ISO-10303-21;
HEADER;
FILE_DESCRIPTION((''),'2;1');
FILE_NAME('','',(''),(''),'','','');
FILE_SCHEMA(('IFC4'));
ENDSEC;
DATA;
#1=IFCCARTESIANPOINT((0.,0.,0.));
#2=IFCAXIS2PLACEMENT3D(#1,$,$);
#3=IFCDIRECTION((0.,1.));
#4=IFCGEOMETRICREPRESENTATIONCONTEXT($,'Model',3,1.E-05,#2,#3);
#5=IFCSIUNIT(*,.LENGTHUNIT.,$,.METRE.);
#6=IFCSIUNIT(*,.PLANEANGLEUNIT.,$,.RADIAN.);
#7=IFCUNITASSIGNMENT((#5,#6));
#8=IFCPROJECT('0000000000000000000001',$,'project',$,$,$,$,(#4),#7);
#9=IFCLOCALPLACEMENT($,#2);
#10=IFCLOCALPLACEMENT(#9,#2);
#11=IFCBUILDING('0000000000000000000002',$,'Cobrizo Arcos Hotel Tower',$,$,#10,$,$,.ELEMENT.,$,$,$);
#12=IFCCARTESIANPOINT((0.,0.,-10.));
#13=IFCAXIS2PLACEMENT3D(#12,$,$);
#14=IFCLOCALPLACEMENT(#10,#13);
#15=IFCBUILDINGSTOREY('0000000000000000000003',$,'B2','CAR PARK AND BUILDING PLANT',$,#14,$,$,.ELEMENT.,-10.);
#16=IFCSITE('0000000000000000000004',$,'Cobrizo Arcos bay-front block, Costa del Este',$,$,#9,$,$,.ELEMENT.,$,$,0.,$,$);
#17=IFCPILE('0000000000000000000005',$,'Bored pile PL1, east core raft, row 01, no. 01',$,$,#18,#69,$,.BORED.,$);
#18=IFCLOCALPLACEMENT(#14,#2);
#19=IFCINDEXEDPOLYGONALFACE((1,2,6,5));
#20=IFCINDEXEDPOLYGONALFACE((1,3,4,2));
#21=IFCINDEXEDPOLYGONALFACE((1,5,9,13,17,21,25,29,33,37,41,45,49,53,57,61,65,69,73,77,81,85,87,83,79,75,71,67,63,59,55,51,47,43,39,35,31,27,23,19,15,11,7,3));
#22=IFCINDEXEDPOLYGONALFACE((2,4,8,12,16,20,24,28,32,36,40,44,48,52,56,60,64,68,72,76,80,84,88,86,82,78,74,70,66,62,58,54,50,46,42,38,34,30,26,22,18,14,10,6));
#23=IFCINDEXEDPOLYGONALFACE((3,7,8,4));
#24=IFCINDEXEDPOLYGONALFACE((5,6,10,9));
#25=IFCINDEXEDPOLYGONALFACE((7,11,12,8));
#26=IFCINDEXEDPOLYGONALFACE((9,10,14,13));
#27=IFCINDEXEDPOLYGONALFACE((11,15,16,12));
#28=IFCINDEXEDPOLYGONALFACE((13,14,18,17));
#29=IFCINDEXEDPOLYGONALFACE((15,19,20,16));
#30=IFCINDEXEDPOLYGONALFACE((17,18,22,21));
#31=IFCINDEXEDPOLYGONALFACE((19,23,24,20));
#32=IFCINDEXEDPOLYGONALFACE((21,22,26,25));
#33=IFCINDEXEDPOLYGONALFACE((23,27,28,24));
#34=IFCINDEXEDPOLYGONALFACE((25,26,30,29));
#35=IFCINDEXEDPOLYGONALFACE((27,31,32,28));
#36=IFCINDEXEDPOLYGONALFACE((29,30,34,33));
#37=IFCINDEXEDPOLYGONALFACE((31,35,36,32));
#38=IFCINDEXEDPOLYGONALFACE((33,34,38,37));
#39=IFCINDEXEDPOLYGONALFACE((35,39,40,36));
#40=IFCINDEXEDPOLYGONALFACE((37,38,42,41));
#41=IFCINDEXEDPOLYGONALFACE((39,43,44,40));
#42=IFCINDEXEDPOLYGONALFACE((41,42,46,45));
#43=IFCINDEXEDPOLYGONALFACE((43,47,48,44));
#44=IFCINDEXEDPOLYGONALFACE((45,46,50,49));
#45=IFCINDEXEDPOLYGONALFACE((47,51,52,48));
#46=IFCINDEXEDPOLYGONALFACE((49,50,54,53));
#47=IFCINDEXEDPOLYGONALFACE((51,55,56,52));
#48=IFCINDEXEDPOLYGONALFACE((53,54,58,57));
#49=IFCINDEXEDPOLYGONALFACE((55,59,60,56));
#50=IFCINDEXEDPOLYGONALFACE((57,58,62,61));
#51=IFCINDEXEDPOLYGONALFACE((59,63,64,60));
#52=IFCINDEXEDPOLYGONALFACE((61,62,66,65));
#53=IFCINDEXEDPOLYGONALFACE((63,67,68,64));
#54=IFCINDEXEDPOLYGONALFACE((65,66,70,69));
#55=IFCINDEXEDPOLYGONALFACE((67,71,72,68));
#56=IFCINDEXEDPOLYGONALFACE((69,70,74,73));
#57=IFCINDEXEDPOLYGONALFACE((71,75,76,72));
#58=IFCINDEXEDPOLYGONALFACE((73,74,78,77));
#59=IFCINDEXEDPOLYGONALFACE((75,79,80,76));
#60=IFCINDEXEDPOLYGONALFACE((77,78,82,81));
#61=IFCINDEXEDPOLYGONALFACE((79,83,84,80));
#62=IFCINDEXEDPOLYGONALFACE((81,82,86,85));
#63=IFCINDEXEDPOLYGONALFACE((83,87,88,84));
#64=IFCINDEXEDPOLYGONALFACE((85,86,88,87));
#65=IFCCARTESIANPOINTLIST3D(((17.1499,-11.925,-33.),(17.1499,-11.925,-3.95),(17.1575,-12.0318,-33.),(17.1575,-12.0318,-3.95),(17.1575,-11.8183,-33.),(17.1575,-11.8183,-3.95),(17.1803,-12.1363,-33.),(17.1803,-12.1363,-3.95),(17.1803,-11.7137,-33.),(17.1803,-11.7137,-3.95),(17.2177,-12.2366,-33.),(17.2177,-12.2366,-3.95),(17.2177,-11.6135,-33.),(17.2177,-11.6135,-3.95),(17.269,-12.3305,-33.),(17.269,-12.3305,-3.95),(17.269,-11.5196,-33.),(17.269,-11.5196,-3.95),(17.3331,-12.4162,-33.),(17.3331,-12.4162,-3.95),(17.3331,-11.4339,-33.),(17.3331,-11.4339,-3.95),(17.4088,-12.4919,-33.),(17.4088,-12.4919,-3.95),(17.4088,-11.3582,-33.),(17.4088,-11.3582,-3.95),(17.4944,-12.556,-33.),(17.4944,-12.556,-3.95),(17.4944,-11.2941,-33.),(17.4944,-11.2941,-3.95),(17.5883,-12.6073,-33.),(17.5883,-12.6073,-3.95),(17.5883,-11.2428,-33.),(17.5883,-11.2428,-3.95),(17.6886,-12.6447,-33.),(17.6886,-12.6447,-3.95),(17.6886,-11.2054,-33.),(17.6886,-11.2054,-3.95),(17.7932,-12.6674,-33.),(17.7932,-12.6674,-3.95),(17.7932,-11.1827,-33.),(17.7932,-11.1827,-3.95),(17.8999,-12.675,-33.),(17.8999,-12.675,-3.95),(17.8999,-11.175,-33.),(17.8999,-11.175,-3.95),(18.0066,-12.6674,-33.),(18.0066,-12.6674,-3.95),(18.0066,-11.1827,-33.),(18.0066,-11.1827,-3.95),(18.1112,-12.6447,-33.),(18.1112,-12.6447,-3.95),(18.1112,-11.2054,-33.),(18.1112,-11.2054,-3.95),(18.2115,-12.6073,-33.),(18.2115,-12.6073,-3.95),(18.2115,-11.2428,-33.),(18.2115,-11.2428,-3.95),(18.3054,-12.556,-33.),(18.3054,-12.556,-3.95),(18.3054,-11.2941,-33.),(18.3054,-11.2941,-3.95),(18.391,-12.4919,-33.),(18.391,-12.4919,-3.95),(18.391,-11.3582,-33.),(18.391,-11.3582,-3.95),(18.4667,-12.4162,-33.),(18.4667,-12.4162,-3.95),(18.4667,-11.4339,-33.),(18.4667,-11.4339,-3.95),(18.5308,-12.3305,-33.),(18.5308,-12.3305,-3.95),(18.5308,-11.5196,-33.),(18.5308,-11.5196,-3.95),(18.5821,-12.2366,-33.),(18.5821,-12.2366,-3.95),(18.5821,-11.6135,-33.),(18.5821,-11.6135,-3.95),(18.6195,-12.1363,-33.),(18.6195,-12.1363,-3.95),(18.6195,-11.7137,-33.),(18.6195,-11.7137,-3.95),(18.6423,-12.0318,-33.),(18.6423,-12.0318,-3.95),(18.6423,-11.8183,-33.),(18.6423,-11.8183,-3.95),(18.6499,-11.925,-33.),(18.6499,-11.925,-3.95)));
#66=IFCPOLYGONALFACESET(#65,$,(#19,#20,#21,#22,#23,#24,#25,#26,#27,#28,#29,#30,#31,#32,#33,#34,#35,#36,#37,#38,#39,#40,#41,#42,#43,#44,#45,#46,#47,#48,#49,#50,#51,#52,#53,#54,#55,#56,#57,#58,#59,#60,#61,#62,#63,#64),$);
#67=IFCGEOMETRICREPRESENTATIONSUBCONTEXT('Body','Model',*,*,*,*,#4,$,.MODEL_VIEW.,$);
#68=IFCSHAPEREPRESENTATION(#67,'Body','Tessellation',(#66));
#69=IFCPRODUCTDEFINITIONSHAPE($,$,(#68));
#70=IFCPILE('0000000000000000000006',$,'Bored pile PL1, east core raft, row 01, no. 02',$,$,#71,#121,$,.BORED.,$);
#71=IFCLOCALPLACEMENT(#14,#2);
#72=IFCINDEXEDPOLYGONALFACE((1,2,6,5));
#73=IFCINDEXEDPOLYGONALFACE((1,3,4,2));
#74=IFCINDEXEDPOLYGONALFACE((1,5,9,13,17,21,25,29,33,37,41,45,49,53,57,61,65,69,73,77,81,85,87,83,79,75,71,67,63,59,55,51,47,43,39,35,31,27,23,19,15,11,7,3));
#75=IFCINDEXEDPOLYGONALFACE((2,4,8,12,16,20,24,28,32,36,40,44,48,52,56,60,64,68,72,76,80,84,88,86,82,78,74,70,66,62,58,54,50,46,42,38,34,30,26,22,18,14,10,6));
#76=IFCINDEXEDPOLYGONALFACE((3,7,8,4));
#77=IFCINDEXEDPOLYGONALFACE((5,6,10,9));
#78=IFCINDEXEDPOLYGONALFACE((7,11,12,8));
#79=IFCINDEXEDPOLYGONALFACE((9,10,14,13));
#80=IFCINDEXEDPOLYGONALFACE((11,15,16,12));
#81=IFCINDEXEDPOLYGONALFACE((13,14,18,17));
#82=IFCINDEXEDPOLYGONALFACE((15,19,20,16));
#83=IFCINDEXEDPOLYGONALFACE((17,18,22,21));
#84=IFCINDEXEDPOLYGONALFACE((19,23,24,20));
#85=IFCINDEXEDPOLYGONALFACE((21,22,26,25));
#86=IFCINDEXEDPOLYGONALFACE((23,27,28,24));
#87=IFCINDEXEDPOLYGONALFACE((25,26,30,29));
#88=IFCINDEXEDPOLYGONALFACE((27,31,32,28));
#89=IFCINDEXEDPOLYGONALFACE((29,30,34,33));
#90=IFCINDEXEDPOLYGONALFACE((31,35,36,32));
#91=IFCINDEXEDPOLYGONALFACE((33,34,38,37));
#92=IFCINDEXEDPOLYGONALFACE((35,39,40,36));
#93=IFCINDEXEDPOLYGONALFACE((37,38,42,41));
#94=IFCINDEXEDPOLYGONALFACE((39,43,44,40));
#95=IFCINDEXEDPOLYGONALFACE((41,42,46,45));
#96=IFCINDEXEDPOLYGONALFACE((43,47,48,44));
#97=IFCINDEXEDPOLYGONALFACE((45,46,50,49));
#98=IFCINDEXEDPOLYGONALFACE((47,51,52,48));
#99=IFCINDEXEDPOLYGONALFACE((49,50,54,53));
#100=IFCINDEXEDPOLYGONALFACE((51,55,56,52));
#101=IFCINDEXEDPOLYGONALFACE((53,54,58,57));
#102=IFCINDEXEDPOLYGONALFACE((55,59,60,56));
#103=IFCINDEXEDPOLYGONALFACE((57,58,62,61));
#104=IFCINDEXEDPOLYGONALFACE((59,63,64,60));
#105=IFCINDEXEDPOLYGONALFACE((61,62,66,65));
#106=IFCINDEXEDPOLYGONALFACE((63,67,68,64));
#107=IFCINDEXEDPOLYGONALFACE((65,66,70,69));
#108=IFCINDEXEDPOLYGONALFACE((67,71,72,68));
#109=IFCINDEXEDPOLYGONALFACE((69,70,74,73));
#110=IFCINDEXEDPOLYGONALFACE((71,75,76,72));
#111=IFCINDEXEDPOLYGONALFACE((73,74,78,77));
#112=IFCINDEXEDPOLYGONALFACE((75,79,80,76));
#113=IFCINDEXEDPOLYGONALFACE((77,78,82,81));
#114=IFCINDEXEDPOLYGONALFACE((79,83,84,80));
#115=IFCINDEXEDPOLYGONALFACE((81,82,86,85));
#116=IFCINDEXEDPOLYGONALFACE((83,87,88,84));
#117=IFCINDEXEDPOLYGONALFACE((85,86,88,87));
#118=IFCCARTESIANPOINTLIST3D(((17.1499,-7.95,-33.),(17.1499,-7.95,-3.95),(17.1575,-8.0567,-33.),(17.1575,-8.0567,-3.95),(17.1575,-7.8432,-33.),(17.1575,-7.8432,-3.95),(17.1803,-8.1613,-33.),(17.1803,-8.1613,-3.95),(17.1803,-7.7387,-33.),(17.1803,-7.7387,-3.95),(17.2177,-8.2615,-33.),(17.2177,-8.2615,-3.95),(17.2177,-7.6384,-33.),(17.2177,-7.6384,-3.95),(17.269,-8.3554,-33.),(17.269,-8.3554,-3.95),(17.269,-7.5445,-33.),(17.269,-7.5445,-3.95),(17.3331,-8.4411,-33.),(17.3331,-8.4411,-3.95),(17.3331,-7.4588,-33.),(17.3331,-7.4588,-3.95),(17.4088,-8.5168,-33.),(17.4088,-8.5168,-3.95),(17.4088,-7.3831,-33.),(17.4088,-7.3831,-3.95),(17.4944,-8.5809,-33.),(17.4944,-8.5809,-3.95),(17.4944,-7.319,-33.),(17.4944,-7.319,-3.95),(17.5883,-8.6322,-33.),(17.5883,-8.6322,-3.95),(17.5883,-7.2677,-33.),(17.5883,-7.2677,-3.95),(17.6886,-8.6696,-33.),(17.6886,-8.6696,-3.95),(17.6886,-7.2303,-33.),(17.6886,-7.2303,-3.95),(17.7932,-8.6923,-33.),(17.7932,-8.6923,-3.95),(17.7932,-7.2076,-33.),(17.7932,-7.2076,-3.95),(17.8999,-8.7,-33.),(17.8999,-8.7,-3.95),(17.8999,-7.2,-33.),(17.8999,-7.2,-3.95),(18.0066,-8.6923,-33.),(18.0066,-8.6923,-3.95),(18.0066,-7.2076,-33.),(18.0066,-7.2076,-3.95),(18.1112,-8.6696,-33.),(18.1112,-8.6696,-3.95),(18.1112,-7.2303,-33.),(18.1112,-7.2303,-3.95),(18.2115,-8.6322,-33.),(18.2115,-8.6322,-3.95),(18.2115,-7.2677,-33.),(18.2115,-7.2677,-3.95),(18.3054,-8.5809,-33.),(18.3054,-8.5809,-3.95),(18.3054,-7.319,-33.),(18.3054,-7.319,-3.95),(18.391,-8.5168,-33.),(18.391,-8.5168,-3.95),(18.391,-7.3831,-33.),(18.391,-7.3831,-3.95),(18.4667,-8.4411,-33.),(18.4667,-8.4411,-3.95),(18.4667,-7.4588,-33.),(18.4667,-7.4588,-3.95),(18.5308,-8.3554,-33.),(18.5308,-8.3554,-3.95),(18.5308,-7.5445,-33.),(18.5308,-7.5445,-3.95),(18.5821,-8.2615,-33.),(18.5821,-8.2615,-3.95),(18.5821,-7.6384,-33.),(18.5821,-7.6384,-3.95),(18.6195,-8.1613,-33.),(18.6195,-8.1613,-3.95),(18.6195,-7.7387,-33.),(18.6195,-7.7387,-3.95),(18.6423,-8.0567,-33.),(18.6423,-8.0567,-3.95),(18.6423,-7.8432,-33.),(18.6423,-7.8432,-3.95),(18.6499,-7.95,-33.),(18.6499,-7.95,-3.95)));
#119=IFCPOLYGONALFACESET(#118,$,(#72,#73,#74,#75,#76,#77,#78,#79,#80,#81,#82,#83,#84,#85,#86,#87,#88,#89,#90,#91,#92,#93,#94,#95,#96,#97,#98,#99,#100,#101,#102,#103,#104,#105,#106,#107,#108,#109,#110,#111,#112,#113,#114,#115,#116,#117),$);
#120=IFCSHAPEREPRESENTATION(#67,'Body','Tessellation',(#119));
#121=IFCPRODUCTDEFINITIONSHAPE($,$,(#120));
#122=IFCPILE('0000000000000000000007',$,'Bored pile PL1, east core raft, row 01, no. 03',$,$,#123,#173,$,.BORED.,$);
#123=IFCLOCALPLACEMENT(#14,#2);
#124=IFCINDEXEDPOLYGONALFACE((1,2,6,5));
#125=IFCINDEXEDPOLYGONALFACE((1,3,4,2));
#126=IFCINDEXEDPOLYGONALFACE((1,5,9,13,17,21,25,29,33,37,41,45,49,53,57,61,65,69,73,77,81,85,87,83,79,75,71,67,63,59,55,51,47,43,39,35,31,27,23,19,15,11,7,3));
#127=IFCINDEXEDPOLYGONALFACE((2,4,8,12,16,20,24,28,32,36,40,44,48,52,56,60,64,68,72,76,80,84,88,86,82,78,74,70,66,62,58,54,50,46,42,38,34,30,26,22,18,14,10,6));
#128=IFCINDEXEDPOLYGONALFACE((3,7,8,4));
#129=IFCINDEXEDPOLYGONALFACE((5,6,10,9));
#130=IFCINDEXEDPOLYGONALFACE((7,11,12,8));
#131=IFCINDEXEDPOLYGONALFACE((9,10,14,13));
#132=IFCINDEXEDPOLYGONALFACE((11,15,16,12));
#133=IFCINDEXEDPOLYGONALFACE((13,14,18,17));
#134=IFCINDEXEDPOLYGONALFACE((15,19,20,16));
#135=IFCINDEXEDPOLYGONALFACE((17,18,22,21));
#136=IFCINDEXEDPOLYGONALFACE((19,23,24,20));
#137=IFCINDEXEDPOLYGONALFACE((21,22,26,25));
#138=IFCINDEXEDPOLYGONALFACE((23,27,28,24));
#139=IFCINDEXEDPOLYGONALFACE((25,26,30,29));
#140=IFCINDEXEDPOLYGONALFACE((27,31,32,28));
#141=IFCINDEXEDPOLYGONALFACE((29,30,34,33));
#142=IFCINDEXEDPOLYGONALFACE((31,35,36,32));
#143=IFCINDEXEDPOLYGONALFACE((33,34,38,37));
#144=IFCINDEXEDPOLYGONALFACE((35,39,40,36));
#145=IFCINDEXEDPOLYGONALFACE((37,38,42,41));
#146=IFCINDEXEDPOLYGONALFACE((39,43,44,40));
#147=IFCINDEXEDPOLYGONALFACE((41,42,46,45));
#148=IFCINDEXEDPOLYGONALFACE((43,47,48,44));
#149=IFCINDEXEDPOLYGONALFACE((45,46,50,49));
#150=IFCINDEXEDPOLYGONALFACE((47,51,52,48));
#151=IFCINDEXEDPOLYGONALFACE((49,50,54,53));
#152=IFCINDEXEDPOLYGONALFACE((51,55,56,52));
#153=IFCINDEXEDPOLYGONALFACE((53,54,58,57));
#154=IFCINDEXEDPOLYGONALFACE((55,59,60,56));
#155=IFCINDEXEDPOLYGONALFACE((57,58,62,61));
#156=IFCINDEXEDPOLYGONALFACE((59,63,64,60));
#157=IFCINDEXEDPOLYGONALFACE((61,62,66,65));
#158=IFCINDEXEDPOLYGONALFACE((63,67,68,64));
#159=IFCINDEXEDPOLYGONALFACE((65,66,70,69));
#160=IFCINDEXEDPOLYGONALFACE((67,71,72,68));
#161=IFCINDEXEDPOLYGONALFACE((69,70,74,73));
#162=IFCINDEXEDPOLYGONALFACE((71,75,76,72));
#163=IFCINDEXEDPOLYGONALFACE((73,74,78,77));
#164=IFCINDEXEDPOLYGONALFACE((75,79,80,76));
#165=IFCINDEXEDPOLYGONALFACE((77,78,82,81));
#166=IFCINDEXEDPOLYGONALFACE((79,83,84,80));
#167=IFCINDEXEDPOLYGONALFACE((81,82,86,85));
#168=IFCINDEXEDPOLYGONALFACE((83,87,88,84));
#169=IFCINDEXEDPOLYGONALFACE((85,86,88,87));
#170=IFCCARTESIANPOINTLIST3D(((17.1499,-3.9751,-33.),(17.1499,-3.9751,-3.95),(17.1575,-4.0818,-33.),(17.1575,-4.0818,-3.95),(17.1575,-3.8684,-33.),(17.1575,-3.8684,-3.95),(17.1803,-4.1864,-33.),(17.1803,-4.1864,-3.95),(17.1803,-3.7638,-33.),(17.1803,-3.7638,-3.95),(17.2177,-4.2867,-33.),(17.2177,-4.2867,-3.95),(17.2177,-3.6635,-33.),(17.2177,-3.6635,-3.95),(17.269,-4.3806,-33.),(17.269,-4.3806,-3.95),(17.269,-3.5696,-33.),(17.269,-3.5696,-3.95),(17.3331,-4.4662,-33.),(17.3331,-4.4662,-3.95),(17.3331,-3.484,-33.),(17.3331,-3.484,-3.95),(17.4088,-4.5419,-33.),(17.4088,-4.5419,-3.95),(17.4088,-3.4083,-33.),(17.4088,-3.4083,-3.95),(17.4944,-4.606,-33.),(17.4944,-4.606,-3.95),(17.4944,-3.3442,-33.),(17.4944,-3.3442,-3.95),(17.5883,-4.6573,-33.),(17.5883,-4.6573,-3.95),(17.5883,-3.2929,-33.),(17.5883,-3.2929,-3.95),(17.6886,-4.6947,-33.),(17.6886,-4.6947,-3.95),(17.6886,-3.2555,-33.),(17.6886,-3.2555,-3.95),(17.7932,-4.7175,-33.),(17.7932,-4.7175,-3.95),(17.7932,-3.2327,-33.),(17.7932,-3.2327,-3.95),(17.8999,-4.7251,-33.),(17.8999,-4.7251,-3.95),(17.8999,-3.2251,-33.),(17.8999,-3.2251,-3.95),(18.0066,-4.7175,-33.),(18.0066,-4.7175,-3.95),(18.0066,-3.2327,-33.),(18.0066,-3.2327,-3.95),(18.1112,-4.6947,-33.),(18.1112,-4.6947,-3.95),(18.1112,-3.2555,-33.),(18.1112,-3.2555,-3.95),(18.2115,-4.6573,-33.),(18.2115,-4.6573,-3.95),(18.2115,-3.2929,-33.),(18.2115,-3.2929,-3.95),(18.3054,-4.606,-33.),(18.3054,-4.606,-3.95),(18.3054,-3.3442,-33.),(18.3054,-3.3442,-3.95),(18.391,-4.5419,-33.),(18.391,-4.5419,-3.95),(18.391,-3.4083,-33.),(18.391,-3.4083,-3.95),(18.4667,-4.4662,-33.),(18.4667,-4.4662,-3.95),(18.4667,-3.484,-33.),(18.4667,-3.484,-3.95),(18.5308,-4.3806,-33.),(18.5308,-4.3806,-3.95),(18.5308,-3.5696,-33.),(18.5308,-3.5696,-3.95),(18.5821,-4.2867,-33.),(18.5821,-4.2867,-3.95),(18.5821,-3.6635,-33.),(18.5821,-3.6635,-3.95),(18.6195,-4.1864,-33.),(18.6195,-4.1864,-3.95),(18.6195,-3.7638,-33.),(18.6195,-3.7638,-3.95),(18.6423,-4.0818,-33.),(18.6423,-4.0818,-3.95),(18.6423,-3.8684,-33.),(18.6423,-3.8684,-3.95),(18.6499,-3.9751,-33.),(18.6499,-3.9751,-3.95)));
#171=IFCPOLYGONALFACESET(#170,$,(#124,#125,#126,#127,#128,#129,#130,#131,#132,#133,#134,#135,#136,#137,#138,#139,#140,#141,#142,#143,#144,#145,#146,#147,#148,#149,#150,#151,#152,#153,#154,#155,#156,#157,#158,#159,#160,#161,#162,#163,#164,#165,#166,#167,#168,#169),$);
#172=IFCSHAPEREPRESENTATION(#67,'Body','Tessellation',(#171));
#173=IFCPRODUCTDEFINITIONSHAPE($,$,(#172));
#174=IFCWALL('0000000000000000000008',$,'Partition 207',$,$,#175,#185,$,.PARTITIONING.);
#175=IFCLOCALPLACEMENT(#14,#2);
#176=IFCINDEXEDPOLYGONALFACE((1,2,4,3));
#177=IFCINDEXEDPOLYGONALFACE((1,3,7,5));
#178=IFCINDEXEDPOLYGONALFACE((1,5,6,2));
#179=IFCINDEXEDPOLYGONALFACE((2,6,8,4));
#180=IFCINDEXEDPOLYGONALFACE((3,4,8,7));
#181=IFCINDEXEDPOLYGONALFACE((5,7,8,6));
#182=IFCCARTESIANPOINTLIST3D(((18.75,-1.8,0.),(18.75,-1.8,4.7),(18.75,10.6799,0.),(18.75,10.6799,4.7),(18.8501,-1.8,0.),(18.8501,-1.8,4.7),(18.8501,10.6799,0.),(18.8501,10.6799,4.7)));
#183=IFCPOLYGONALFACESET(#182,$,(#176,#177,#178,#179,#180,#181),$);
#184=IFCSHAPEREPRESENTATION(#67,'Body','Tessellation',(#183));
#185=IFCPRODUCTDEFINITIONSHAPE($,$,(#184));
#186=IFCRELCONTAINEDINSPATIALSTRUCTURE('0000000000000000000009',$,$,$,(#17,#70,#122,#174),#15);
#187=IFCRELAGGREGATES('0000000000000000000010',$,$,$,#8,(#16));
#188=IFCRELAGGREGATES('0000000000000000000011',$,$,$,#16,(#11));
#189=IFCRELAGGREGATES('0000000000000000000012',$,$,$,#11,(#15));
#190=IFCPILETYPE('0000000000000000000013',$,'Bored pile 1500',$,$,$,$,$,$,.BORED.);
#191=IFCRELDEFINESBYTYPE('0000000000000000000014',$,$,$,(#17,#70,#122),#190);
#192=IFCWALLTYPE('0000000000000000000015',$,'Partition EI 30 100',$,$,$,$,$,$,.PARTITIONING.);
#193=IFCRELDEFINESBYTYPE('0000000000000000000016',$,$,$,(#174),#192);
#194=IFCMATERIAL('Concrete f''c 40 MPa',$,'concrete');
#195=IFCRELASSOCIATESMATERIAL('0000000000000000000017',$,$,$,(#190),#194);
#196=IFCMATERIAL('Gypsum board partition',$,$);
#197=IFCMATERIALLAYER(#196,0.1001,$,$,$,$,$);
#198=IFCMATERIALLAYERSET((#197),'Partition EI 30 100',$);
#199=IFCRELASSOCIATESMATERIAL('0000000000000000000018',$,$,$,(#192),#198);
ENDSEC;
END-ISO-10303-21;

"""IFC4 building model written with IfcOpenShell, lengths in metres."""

from ifc_helpers import new_model, si_unit, direction, frame, frame_2d, origin, origin_2d, place, context, subcontext, project, spatial, rectangle, circle, extrude, material, layer, layer_set, material_profile, profile_set, type_object, element, save


model = new_model("IFC4")

# Units and contexts
model_context = context("Model", 3, precision=1e-05, world=origin(), true_north=direction((0.0, 1.0)))
body_context = subcontext(model_context, "Body", "Model", "MODEL_VIEW")
ifc_project = project(units=[si_unit("LENGTHUNIT", "METRE"), si_unit("PLANEANGLEUNIT", "RADIAN")], contexts=[model_context])

# Site, building, storey
site_placement = place(None, origin())
site = spatial("IfcSite", under=ifc_project, at=site_placement, Name="Cobrizo Arcos bay-front block, Costa del Este", CompositionType="ELEMENT", RefElevation=0.0)
building_placement = place(site_placement, origin())
building = spatial("IfcBuilding", under=site, at=building_placement, Name="Cobrizo Arcos Hotel Tower", CompositionType="ELEMENT")
storey_placement = place(building_placement, frame((0.0, 0.0, -10.0)))
storey = spatial("IfcBuildingStorey", under=building, at=storey_placement, Name="B2", Description="CAR PARK AND BUILDING PLANT", CompositionType="ELEMENT", Elevation=-10.0)

# Piles
ifc_material_1 = material(Name="Concrete f'c 40 MPa", Category="concrete")
ifc_material_profile = material_profile(ifc_material_1, circle(Radius=0.75, at=origin_2d()), Name="BORED PILE 1500")
ifc_profile_set = profile_set([ifc_material_profile], Name="Concrete f'c 40 MPa")
pile_type = type_object("IfcPileType", Name="Bored pile 1500", PredefinedType="BORED", material=ifc_profile_set)
for number, where, z_axis, x_axis, name in (
    (1, (17.8999, -11.925, -3.95), (0.0, 0.0, -1.0), (1.0, 0.0, 0.0), "Bored pile PL1, east core raft, row 01, no. 01"),
    (2, (17.8999, -7.95, -3.95), (0.0, 0.0, -1.0), (1.0, 0.0, 0.0), "Bored pile PL1, east core raft, row 01, no. 02"),
    (3, (17.8999, -3.9751, -3.95), (0.0, 0.0, -1.0), (1.0, 0.0, 0.0), "Bored pile PL1, east core raft, row 01, no. 03"),
):
    element("IfcPile", number, at=place(storey_placement, frame(where, z_axis=z_axis, x_axis=x_axis)), inside=storey, type_object=pile_type, Name=name, PredefinedType="BORED", context=body_context, shape_type="SweptSolid", body=[
        extrude(circle(Radius=0.75, at=origin_2d()), origin(), (0.0, 0.0, 1.0), 29.05),
    ])

# Wall
ifc_material_2 = material(Name="Gypsum board partition")
ifc_layer_1 = layer(ifc_material_2, 0.1001)
ifc_layer_set_1 = layer_set([ifc_layer_1], Name="Partition EI 30 100")
wall_type_1 = type_object("IfcWallType", Name="Partition EI 30 100", PredefinedType="PARTITIONING", material=ifc_layer_set_1)
wall_1_placement = place(storey_placement, frame((18.8, -1.8, 0.0), z_axis=(0.0, 0.0, 1.0), x_axis=(0.0, 1.0, 0.0)))
element("IfcWall", 4, at=wall_1_placement, inside=storey, type_object=wall_type_1, Name="Partition 207", PredefinedType="PARTITIONING", context=body_context, shape_type="SweptSolid", body=[
    extrude(rectangle(XDim=12.48, YDim=0.1001, at=frame_2d((6.24, 0.0))), origin(), (0.0, 0.0, 1.0), 4.7),
])

save(model, "model.ifc")
